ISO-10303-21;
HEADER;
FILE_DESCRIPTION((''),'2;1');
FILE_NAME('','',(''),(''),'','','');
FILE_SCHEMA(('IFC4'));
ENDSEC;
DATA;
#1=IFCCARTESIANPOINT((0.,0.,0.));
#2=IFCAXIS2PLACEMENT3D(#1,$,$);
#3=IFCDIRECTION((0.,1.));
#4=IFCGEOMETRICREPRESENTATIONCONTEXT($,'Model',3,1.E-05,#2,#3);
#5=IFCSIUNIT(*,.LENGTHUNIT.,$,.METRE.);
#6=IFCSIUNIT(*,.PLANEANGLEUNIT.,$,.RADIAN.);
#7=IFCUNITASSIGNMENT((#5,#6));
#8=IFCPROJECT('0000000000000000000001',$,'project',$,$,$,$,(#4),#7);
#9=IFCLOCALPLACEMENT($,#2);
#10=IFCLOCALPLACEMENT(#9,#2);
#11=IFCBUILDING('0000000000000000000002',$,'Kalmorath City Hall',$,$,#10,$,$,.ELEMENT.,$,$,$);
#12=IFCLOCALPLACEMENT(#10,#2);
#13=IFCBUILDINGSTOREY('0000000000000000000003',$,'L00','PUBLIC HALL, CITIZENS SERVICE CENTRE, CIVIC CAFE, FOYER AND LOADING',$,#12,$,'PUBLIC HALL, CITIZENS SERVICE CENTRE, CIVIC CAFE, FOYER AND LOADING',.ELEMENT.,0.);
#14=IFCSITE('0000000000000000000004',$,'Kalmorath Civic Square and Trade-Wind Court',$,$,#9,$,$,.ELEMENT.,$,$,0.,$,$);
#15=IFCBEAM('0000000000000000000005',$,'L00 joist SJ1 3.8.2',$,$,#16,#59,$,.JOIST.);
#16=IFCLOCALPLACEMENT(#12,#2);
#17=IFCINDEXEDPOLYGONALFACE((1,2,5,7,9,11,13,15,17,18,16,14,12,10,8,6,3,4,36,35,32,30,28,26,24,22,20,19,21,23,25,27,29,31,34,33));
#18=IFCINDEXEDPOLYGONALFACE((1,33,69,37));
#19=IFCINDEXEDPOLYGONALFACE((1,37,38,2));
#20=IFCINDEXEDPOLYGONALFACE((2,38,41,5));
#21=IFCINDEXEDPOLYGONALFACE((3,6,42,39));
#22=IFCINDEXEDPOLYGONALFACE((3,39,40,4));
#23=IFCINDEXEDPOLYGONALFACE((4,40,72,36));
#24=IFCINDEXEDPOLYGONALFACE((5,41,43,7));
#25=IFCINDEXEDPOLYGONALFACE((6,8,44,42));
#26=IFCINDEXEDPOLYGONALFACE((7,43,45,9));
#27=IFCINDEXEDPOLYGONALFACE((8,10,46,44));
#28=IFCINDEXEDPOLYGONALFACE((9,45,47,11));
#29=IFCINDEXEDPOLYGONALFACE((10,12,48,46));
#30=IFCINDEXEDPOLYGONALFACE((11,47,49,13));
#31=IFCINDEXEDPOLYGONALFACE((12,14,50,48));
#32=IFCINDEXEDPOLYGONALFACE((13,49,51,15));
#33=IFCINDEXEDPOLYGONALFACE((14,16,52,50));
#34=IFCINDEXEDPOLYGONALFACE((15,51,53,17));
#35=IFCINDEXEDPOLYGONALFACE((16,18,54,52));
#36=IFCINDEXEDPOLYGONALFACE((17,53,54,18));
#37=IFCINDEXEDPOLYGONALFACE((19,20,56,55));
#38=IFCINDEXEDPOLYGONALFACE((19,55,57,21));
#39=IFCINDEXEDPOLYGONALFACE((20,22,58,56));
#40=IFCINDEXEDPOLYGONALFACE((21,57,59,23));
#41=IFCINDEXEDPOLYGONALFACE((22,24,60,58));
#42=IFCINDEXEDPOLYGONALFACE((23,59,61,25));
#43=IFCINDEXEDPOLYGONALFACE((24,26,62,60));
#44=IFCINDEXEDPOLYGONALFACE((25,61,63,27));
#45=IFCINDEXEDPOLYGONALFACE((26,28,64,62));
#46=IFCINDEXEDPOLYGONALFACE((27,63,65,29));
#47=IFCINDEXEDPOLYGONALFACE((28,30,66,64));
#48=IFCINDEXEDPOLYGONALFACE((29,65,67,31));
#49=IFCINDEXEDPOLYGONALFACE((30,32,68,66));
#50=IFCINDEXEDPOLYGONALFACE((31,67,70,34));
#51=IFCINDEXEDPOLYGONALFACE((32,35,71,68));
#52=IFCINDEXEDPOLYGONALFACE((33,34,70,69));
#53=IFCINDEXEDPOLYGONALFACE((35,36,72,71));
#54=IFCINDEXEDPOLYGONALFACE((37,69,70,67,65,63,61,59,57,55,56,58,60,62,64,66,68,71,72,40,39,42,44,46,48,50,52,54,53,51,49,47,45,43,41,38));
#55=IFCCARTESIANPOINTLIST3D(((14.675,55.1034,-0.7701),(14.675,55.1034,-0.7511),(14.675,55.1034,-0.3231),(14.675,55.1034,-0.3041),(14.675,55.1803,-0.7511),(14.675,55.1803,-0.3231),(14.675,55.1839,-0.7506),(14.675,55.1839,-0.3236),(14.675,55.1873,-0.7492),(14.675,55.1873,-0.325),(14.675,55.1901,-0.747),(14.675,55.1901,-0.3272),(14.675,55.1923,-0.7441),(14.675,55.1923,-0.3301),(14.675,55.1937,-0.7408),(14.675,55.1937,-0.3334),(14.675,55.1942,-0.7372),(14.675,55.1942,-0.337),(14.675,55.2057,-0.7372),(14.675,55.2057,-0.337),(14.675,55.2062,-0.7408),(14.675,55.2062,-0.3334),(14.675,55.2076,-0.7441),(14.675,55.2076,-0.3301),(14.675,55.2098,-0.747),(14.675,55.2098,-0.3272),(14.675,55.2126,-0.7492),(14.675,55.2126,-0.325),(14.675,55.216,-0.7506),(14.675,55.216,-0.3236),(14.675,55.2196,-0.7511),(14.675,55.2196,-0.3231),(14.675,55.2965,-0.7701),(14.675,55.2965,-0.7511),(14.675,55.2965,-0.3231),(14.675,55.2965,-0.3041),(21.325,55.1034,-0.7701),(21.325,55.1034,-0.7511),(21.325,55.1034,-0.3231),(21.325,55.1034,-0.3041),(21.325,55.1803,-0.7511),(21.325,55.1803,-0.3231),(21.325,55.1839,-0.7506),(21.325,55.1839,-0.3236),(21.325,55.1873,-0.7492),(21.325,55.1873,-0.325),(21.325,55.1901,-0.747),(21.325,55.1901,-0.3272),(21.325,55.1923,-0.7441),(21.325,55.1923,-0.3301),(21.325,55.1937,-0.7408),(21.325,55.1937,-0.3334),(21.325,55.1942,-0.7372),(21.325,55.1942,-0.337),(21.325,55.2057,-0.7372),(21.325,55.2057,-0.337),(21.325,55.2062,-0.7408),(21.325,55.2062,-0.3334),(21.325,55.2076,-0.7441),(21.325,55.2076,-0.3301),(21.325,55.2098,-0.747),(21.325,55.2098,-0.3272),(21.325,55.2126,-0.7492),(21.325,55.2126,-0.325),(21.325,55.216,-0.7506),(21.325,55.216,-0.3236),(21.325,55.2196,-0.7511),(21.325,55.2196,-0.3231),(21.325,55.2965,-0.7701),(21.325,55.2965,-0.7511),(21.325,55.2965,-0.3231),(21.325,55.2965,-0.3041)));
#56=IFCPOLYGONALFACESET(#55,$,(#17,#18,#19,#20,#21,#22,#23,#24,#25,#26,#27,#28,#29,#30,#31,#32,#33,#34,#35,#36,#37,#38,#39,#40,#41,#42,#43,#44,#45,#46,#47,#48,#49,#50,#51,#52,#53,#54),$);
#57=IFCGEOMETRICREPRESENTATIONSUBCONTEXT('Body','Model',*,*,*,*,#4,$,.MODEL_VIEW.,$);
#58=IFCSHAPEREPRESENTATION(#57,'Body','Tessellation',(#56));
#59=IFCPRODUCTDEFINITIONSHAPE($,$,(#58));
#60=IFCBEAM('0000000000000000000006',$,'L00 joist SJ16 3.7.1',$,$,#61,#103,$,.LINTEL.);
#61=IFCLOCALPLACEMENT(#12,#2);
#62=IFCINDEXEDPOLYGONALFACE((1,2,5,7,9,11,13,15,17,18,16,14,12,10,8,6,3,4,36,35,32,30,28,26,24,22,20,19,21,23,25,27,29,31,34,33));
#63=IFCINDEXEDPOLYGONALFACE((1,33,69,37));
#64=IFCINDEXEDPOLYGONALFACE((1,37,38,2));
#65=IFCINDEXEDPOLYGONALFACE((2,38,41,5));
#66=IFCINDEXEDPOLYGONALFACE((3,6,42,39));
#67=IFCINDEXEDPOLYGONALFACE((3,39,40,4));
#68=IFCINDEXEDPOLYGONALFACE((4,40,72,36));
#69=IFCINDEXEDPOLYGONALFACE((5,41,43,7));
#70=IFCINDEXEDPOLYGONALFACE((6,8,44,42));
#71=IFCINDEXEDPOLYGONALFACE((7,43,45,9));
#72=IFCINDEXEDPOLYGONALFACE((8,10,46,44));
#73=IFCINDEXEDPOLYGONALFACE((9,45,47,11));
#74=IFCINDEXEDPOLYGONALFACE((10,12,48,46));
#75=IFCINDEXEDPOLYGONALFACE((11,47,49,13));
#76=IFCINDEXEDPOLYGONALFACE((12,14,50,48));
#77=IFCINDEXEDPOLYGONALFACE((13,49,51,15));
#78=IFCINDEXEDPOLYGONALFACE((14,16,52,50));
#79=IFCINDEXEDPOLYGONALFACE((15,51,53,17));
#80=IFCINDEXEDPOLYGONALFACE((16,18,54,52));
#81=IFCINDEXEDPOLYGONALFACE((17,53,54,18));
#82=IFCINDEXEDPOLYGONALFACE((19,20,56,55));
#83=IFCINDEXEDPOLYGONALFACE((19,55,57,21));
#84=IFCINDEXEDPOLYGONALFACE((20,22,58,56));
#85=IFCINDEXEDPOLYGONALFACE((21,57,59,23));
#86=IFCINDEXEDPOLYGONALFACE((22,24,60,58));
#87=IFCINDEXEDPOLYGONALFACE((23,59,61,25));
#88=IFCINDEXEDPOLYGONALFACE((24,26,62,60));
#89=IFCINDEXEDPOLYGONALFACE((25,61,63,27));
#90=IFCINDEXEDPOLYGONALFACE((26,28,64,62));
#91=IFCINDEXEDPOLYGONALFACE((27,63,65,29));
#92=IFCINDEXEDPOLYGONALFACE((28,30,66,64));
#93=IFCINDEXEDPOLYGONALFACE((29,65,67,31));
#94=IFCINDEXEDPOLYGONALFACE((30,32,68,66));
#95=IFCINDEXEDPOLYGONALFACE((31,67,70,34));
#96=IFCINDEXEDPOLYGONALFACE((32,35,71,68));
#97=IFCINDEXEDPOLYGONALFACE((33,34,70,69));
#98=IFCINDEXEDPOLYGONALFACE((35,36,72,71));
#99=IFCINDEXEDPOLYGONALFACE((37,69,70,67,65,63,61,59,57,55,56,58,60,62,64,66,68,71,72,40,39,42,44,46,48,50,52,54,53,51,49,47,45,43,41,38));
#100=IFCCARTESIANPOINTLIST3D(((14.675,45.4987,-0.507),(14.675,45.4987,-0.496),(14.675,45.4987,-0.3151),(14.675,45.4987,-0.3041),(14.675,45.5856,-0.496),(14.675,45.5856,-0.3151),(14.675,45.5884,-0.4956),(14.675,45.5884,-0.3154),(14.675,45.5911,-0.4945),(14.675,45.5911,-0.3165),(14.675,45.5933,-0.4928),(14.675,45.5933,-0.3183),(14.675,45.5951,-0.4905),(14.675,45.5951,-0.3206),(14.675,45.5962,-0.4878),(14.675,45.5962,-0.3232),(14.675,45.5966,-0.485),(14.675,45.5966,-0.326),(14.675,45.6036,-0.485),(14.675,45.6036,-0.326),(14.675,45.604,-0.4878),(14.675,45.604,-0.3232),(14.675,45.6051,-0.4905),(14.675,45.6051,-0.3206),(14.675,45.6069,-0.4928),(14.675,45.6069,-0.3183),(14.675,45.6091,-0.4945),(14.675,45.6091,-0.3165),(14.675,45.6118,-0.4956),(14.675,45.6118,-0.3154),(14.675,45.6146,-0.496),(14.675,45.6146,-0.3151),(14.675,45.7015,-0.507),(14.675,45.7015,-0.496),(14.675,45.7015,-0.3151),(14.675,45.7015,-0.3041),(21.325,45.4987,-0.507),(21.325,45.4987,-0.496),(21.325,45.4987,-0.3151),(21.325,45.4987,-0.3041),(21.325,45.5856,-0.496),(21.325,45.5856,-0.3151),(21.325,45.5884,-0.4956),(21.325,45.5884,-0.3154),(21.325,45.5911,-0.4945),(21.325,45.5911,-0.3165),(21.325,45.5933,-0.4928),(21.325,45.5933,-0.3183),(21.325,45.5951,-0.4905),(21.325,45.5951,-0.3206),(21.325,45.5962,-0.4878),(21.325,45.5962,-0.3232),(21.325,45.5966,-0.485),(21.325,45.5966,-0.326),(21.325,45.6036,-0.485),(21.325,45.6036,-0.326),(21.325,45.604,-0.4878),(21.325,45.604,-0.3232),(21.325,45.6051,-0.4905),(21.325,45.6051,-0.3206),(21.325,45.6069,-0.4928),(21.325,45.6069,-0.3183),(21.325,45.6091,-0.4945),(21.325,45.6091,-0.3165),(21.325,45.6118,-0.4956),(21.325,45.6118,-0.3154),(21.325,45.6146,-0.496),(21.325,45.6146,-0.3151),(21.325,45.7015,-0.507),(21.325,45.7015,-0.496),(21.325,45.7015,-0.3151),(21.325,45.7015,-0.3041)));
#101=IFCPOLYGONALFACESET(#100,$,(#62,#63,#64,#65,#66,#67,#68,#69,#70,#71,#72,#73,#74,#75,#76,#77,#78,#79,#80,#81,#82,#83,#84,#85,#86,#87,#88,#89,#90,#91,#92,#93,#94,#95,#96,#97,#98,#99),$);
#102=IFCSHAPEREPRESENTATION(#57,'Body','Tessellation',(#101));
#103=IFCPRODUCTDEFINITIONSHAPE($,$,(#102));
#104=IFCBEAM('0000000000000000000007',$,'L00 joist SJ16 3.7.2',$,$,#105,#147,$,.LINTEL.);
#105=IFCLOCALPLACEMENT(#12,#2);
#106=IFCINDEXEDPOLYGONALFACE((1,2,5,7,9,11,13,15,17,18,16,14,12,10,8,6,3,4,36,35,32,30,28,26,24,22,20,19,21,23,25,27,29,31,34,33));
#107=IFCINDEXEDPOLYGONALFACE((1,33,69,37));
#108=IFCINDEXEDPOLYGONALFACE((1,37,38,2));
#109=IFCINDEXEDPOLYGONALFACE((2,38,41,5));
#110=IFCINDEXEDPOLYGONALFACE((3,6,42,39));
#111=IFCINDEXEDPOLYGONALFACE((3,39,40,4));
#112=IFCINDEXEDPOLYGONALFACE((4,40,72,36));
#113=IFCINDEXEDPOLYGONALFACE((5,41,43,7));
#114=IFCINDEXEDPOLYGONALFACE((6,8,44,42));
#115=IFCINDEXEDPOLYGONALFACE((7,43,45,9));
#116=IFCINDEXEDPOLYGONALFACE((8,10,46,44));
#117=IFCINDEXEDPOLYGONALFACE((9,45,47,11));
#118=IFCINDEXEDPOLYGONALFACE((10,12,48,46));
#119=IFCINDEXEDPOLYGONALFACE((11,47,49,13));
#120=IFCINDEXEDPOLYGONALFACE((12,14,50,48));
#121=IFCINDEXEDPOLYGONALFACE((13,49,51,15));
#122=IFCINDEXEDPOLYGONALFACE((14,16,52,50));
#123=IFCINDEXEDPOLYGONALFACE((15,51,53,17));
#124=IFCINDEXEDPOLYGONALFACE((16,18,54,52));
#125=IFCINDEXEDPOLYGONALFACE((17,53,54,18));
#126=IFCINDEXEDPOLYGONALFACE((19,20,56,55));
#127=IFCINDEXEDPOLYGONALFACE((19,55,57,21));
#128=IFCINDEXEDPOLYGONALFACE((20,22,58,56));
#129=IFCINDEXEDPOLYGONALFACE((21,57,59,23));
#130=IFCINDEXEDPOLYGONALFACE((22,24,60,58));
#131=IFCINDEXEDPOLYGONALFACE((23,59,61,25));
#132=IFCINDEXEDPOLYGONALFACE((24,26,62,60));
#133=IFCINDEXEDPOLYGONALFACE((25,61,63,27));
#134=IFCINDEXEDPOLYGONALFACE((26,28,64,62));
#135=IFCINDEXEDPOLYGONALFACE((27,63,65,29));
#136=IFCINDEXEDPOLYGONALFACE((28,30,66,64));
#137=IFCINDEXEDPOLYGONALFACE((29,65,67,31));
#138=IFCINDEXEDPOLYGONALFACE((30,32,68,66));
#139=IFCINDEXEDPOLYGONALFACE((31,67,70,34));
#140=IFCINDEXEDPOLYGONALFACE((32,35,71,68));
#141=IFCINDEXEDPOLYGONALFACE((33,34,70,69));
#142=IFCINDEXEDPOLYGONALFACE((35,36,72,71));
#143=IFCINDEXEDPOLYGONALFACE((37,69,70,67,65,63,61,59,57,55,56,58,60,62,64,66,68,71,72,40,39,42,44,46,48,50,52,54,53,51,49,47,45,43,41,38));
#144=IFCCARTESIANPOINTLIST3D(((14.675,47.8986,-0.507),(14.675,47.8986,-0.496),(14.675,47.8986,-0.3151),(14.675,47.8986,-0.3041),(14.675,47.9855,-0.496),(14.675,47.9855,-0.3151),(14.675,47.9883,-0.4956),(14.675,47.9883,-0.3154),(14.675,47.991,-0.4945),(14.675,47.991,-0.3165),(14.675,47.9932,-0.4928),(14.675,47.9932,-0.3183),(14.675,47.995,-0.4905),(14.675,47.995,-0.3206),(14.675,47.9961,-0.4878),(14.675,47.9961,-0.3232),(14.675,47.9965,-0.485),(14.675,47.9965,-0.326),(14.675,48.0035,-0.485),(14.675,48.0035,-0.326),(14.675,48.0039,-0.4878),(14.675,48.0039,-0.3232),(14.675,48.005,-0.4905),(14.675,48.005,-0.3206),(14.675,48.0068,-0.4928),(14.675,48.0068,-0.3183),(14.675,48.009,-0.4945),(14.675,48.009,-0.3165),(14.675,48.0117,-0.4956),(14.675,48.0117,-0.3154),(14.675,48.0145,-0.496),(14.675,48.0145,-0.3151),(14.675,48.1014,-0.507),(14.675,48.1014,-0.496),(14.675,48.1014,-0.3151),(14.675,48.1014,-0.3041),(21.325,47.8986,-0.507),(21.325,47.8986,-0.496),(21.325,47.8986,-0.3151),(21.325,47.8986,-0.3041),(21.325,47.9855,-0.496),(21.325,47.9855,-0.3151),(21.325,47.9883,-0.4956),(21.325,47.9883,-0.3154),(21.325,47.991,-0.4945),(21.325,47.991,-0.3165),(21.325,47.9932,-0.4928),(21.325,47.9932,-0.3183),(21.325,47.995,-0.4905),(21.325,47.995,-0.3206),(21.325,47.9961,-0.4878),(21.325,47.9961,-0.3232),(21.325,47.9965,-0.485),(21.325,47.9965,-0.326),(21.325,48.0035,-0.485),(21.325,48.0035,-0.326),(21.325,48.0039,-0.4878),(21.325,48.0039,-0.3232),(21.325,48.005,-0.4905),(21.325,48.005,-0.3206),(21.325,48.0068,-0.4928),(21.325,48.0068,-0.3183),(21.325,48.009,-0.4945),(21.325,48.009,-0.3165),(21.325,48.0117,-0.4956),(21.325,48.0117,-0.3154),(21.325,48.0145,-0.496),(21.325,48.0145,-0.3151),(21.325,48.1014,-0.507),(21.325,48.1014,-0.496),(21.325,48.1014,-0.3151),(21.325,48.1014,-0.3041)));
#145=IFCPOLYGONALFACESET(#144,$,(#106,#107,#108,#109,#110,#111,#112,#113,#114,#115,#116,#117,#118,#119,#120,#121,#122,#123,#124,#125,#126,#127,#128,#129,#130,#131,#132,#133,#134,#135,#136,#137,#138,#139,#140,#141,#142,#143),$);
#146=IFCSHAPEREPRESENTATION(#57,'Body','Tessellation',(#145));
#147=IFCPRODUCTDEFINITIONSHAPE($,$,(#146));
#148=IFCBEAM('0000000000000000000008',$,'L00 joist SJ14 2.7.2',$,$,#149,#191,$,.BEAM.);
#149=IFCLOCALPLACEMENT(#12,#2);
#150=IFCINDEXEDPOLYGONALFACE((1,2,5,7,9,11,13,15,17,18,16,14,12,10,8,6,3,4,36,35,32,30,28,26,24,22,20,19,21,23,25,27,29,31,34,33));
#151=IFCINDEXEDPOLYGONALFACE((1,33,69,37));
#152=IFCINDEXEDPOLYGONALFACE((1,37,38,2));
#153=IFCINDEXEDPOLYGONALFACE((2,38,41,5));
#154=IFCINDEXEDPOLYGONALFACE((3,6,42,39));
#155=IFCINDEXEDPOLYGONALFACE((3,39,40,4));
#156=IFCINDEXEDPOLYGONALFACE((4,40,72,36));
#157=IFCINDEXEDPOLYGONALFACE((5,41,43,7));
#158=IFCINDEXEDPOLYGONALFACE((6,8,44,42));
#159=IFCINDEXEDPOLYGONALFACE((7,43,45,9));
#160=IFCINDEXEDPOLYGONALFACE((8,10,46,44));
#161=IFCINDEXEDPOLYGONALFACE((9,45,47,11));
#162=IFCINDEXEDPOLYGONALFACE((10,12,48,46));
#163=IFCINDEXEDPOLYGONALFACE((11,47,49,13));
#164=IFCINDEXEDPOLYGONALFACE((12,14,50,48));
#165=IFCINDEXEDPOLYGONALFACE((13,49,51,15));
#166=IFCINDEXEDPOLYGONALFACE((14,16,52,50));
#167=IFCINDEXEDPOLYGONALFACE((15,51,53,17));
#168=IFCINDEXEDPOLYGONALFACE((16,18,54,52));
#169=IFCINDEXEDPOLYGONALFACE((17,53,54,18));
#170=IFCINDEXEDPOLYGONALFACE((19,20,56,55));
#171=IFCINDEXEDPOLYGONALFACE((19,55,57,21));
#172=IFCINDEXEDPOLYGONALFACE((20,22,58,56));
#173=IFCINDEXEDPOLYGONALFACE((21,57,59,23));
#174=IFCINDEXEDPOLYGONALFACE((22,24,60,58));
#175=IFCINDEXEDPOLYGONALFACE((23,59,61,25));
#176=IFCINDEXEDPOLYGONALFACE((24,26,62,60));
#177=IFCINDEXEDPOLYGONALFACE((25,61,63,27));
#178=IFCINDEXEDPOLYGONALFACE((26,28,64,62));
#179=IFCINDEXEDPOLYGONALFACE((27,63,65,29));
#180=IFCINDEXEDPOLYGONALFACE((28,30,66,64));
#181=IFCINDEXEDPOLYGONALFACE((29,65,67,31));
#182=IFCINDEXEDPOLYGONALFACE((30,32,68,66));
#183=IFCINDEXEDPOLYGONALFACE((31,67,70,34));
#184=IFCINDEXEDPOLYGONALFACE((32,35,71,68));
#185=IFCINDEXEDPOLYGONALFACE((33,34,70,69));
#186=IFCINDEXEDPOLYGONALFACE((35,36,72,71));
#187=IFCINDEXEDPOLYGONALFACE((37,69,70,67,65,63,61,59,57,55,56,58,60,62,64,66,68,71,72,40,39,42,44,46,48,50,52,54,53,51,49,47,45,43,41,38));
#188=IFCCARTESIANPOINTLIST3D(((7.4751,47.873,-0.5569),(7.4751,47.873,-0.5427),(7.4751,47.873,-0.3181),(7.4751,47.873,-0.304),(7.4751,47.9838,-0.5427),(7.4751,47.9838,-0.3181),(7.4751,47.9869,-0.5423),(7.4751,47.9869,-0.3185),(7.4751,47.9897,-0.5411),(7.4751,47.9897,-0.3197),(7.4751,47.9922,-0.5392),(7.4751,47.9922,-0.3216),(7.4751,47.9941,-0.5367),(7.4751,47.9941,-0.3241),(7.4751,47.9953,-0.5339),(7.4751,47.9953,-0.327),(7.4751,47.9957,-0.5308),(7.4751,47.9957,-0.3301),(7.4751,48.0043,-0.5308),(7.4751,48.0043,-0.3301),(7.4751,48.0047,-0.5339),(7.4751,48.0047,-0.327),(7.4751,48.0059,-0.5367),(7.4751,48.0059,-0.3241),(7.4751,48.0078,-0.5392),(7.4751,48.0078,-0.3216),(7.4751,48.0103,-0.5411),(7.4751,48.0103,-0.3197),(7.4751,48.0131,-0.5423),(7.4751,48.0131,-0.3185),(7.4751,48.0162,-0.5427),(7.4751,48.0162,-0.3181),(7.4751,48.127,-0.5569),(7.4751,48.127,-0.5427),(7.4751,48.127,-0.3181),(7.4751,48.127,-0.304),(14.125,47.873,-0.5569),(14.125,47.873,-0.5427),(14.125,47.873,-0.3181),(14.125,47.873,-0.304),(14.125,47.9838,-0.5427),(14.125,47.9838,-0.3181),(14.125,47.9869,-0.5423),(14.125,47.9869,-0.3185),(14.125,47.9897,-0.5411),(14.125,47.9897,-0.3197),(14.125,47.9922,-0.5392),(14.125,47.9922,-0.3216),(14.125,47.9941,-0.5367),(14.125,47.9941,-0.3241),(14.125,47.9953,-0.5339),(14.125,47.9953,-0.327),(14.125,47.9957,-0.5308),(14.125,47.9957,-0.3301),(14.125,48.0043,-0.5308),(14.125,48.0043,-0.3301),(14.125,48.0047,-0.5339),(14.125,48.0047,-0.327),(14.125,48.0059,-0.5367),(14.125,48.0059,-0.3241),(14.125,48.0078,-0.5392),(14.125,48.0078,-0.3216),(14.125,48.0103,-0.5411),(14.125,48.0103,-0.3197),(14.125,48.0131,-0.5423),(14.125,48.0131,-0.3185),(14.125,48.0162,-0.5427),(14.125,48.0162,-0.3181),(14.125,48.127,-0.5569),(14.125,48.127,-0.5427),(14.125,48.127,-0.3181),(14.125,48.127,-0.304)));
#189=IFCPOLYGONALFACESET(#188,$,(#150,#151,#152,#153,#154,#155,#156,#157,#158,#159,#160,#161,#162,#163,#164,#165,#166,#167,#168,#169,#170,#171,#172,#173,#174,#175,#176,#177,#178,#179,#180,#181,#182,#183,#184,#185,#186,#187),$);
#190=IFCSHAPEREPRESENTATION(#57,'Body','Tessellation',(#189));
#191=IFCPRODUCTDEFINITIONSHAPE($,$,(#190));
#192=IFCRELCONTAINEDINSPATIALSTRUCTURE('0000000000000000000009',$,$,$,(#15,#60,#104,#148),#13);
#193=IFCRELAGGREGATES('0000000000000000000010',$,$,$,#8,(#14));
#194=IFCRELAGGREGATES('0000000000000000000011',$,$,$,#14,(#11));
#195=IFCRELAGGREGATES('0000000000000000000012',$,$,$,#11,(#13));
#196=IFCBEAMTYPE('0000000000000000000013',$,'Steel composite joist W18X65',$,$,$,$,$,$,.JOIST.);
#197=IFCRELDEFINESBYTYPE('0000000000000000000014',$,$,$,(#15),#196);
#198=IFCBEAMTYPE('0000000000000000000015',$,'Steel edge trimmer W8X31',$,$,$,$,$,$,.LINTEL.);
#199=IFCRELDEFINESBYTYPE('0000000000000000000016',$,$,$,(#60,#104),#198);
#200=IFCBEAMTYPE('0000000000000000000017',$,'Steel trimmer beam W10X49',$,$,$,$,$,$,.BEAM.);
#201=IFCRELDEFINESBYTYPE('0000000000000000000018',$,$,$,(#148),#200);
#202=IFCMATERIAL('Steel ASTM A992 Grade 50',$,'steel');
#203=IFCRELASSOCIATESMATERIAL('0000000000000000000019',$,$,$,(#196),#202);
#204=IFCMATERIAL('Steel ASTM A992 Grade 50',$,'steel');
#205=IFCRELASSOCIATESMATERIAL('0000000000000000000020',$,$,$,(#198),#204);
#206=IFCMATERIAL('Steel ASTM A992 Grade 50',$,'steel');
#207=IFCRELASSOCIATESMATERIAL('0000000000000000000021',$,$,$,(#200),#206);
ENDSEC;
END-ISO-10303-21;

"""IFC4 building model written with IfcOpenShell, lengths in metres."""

from ifc_helpers import new_model, si_unit, direction, frame, origin, origin_2d, place, context, subcontext, project, spatial, i_section, extrude, material, material_profile, profile_set, type_object, element, save


model = new_model("IFC4")

# Units and contexts
model_context = context("Model", 3, precision=1e-05, world=origin(), true_north=direction((0.0, 1.0)))
body_context = subcontext(model_context, "Body", "Model", "MODEL_VIEW")
ifc_project = project(units=[si_unit("LENGTHUNIT", "METRE"), si_unit("PLANEANGLEUNIT", "RADIAN")], contexts=[model_context])

# Site, building, storey
site_placement = place(None, origin())
site = spatial("IfcSite", under=ifc_project, at=site_placement, Name="Kalmorath Civic Square and Trade-Wind Court", CompositionType="ELEMENT", RefElevation=0.0)
building_placement = place(site_placement, origin())
building = spatial("IfcBuilding", under=site, at=building_placement, Name="Kalmorath City Hall", CompositionType="ELEMENT")
storey_placement = place(building_placement, origin())
storey = spatial("IfcBuildingStorey", under=building, at=storey_placement, Name="L00", Description="PUBLIC HALL, CITIZENS SERVICE CENTRE, CIVIC CAFE, FOYER AND LOADING", LongName="PUBLIC HALL, CITIZENS SERVICE CENTRE, CIVIC CAFE, FOYER AND LOADING", CompositionType="ELEMENT", Elevation=0.0)

# Beams
ifc_material_1 = material(Name="Steel ASTM A992 Grade 50", Category="steel")
ifc_material_profile_1 = material_profile(ifc_material_1, i_section(OverallWidth=0.1931, OverallDepth=0.4661, WebThickness=0.0115, FlangeThickness=0.019, FilletRadius=0.0139, at=origin_2d()), Name="W18X65")
ifc_profile_set_1 = profile_set([ifc_material_profile_1], Name="Steel ASTM A992 Grade 50")
beam_type_1 = type_object("IfcBeamType", Name="Steel composite joist W18X65", PredefinedType="JOIST", material=ifc_profile_set_1)
for number, where, z_axis, x_axis, name in (
    (1, (14.675, 55.2, -0.5371), (1.0, 0.0, 0.0), (0.0, 1.0, 0.0), "L00 joist SJ1 3.8.2"),
):
    element("IfcBeam", number, at=place(storey_placement, frame(where, z_axis=z_axis, x_axis=x_axis)), inside=storey, type_object=beam_type_1, Name=name, PredefinedType="JOIST", context=body_context, shape_type="SweptSolid", body=[
        extrude(i_section(OverallWidth=0.1931, OverallDepth=0.4661, WebThickness=0.0115, FlangeThickness=0.019, FilletRadius=0.0139, at=origin_2d()), origin(), (0.0, 0.0, 1.0), 6.6499),
    ])
ifc_material_2 = material(Name="Steel ASTM A992 Grade 50", Category="steel")
ifc_material_profile_2 = material_profile(ifc_material_2, i_section(OverallWidth=0.2029, OverallDepth=0.2029, WebThickness=0.0071, FlangeThickness=0.011, FilletRadius=0.011, at=origin_2d()), Name="W8X31")
ifc_profile_set_2 = profile_set([ifc_material_profile_2], Name="Steel ASTM A992 Grade 50")
beam_type_2 = type_object("IfcBeamType", Name="Steel edge trimmer W8X31", PredefinedType="LINTEL", material=ifc_profile_set_2)
for number, where, z_axis, x_axis, name in (
    (2, (14.675, 45.6001, -0.4055), (1.0, 0.0, 0.0), (0.0, 1.0, 0.0), "L00 joist SJ16 3.7.1"),
    (3, (14.675, 48.0, -0.4055), (1.0, 0.0, 0.0), (0.0, 1.0, 0.0), "L00 joist SJ16 3.7.2"),
):
    element("IfcBeam", number, at=place(storey_placement, frame(where, z_axis=z_axis, x_axis=x_axis)), inside=storey, type_object=beam_type_2, Name=name, PredefinedType="LINTEL", context=body_context, shape_type="SweptSolid", body=[
        extrude(i_section(OverallWidth=0.2029, OverallDepth=0.2029, WebThickness=0.0071, FlangeThickness=0.011, FilletRadius=0.011, at=origin_2d()), origin(), (0.0, 0.0, 1.0), 6.6499),
    ])
ifc_material_3 = material(Name="Steel ASTM A992 Grade 50", Category="steel")
ifc_material_profile_3 = material_profile(ifc_material_3, i_section(OverallWidth=0.2539, OverallDepth=0.2529, WebThickness=0.0085, FlangeThickness=0.0142, FilletRadius=0.012, at=origin_2d()), Name="W10X49")
ifc_profile_set_3 = profile_set([ifc_material_profile_3], Name="Steel ASTM A992 Grade 50")
beam_type_3 = type_object("IfcBeamType", Name="Steel trimmer beam W10X49", PredefinedType="BEAM", material=ifc_profile_set_3)
beam_1_placement = place(storey_placement, frame((7.4751, 48.0, -0.4304), z_axis=(1.0, 0.0, 0.0), x_axis=(0.0, 1.0, 0.0)))
element("IfcBeam", 4, at=beam_1_placement, inside=storey, type_object=beam_type_3, Name="L00 joist SJ14 2.7.2", PredefinedType="BEAM", context=body_context, shape_type="SweptSolid", body=[
    extrude(i_section(OverallWidth=0.2539, OverallDepth=0.2529, WebThickness=0.0085, FlangeThickness=0.0142, FilletRadius=0.012, at=origin_2d()), origin(), (0.0, 0.0, 1.0), 6.6499),
])

save(model, "model.ifc")
